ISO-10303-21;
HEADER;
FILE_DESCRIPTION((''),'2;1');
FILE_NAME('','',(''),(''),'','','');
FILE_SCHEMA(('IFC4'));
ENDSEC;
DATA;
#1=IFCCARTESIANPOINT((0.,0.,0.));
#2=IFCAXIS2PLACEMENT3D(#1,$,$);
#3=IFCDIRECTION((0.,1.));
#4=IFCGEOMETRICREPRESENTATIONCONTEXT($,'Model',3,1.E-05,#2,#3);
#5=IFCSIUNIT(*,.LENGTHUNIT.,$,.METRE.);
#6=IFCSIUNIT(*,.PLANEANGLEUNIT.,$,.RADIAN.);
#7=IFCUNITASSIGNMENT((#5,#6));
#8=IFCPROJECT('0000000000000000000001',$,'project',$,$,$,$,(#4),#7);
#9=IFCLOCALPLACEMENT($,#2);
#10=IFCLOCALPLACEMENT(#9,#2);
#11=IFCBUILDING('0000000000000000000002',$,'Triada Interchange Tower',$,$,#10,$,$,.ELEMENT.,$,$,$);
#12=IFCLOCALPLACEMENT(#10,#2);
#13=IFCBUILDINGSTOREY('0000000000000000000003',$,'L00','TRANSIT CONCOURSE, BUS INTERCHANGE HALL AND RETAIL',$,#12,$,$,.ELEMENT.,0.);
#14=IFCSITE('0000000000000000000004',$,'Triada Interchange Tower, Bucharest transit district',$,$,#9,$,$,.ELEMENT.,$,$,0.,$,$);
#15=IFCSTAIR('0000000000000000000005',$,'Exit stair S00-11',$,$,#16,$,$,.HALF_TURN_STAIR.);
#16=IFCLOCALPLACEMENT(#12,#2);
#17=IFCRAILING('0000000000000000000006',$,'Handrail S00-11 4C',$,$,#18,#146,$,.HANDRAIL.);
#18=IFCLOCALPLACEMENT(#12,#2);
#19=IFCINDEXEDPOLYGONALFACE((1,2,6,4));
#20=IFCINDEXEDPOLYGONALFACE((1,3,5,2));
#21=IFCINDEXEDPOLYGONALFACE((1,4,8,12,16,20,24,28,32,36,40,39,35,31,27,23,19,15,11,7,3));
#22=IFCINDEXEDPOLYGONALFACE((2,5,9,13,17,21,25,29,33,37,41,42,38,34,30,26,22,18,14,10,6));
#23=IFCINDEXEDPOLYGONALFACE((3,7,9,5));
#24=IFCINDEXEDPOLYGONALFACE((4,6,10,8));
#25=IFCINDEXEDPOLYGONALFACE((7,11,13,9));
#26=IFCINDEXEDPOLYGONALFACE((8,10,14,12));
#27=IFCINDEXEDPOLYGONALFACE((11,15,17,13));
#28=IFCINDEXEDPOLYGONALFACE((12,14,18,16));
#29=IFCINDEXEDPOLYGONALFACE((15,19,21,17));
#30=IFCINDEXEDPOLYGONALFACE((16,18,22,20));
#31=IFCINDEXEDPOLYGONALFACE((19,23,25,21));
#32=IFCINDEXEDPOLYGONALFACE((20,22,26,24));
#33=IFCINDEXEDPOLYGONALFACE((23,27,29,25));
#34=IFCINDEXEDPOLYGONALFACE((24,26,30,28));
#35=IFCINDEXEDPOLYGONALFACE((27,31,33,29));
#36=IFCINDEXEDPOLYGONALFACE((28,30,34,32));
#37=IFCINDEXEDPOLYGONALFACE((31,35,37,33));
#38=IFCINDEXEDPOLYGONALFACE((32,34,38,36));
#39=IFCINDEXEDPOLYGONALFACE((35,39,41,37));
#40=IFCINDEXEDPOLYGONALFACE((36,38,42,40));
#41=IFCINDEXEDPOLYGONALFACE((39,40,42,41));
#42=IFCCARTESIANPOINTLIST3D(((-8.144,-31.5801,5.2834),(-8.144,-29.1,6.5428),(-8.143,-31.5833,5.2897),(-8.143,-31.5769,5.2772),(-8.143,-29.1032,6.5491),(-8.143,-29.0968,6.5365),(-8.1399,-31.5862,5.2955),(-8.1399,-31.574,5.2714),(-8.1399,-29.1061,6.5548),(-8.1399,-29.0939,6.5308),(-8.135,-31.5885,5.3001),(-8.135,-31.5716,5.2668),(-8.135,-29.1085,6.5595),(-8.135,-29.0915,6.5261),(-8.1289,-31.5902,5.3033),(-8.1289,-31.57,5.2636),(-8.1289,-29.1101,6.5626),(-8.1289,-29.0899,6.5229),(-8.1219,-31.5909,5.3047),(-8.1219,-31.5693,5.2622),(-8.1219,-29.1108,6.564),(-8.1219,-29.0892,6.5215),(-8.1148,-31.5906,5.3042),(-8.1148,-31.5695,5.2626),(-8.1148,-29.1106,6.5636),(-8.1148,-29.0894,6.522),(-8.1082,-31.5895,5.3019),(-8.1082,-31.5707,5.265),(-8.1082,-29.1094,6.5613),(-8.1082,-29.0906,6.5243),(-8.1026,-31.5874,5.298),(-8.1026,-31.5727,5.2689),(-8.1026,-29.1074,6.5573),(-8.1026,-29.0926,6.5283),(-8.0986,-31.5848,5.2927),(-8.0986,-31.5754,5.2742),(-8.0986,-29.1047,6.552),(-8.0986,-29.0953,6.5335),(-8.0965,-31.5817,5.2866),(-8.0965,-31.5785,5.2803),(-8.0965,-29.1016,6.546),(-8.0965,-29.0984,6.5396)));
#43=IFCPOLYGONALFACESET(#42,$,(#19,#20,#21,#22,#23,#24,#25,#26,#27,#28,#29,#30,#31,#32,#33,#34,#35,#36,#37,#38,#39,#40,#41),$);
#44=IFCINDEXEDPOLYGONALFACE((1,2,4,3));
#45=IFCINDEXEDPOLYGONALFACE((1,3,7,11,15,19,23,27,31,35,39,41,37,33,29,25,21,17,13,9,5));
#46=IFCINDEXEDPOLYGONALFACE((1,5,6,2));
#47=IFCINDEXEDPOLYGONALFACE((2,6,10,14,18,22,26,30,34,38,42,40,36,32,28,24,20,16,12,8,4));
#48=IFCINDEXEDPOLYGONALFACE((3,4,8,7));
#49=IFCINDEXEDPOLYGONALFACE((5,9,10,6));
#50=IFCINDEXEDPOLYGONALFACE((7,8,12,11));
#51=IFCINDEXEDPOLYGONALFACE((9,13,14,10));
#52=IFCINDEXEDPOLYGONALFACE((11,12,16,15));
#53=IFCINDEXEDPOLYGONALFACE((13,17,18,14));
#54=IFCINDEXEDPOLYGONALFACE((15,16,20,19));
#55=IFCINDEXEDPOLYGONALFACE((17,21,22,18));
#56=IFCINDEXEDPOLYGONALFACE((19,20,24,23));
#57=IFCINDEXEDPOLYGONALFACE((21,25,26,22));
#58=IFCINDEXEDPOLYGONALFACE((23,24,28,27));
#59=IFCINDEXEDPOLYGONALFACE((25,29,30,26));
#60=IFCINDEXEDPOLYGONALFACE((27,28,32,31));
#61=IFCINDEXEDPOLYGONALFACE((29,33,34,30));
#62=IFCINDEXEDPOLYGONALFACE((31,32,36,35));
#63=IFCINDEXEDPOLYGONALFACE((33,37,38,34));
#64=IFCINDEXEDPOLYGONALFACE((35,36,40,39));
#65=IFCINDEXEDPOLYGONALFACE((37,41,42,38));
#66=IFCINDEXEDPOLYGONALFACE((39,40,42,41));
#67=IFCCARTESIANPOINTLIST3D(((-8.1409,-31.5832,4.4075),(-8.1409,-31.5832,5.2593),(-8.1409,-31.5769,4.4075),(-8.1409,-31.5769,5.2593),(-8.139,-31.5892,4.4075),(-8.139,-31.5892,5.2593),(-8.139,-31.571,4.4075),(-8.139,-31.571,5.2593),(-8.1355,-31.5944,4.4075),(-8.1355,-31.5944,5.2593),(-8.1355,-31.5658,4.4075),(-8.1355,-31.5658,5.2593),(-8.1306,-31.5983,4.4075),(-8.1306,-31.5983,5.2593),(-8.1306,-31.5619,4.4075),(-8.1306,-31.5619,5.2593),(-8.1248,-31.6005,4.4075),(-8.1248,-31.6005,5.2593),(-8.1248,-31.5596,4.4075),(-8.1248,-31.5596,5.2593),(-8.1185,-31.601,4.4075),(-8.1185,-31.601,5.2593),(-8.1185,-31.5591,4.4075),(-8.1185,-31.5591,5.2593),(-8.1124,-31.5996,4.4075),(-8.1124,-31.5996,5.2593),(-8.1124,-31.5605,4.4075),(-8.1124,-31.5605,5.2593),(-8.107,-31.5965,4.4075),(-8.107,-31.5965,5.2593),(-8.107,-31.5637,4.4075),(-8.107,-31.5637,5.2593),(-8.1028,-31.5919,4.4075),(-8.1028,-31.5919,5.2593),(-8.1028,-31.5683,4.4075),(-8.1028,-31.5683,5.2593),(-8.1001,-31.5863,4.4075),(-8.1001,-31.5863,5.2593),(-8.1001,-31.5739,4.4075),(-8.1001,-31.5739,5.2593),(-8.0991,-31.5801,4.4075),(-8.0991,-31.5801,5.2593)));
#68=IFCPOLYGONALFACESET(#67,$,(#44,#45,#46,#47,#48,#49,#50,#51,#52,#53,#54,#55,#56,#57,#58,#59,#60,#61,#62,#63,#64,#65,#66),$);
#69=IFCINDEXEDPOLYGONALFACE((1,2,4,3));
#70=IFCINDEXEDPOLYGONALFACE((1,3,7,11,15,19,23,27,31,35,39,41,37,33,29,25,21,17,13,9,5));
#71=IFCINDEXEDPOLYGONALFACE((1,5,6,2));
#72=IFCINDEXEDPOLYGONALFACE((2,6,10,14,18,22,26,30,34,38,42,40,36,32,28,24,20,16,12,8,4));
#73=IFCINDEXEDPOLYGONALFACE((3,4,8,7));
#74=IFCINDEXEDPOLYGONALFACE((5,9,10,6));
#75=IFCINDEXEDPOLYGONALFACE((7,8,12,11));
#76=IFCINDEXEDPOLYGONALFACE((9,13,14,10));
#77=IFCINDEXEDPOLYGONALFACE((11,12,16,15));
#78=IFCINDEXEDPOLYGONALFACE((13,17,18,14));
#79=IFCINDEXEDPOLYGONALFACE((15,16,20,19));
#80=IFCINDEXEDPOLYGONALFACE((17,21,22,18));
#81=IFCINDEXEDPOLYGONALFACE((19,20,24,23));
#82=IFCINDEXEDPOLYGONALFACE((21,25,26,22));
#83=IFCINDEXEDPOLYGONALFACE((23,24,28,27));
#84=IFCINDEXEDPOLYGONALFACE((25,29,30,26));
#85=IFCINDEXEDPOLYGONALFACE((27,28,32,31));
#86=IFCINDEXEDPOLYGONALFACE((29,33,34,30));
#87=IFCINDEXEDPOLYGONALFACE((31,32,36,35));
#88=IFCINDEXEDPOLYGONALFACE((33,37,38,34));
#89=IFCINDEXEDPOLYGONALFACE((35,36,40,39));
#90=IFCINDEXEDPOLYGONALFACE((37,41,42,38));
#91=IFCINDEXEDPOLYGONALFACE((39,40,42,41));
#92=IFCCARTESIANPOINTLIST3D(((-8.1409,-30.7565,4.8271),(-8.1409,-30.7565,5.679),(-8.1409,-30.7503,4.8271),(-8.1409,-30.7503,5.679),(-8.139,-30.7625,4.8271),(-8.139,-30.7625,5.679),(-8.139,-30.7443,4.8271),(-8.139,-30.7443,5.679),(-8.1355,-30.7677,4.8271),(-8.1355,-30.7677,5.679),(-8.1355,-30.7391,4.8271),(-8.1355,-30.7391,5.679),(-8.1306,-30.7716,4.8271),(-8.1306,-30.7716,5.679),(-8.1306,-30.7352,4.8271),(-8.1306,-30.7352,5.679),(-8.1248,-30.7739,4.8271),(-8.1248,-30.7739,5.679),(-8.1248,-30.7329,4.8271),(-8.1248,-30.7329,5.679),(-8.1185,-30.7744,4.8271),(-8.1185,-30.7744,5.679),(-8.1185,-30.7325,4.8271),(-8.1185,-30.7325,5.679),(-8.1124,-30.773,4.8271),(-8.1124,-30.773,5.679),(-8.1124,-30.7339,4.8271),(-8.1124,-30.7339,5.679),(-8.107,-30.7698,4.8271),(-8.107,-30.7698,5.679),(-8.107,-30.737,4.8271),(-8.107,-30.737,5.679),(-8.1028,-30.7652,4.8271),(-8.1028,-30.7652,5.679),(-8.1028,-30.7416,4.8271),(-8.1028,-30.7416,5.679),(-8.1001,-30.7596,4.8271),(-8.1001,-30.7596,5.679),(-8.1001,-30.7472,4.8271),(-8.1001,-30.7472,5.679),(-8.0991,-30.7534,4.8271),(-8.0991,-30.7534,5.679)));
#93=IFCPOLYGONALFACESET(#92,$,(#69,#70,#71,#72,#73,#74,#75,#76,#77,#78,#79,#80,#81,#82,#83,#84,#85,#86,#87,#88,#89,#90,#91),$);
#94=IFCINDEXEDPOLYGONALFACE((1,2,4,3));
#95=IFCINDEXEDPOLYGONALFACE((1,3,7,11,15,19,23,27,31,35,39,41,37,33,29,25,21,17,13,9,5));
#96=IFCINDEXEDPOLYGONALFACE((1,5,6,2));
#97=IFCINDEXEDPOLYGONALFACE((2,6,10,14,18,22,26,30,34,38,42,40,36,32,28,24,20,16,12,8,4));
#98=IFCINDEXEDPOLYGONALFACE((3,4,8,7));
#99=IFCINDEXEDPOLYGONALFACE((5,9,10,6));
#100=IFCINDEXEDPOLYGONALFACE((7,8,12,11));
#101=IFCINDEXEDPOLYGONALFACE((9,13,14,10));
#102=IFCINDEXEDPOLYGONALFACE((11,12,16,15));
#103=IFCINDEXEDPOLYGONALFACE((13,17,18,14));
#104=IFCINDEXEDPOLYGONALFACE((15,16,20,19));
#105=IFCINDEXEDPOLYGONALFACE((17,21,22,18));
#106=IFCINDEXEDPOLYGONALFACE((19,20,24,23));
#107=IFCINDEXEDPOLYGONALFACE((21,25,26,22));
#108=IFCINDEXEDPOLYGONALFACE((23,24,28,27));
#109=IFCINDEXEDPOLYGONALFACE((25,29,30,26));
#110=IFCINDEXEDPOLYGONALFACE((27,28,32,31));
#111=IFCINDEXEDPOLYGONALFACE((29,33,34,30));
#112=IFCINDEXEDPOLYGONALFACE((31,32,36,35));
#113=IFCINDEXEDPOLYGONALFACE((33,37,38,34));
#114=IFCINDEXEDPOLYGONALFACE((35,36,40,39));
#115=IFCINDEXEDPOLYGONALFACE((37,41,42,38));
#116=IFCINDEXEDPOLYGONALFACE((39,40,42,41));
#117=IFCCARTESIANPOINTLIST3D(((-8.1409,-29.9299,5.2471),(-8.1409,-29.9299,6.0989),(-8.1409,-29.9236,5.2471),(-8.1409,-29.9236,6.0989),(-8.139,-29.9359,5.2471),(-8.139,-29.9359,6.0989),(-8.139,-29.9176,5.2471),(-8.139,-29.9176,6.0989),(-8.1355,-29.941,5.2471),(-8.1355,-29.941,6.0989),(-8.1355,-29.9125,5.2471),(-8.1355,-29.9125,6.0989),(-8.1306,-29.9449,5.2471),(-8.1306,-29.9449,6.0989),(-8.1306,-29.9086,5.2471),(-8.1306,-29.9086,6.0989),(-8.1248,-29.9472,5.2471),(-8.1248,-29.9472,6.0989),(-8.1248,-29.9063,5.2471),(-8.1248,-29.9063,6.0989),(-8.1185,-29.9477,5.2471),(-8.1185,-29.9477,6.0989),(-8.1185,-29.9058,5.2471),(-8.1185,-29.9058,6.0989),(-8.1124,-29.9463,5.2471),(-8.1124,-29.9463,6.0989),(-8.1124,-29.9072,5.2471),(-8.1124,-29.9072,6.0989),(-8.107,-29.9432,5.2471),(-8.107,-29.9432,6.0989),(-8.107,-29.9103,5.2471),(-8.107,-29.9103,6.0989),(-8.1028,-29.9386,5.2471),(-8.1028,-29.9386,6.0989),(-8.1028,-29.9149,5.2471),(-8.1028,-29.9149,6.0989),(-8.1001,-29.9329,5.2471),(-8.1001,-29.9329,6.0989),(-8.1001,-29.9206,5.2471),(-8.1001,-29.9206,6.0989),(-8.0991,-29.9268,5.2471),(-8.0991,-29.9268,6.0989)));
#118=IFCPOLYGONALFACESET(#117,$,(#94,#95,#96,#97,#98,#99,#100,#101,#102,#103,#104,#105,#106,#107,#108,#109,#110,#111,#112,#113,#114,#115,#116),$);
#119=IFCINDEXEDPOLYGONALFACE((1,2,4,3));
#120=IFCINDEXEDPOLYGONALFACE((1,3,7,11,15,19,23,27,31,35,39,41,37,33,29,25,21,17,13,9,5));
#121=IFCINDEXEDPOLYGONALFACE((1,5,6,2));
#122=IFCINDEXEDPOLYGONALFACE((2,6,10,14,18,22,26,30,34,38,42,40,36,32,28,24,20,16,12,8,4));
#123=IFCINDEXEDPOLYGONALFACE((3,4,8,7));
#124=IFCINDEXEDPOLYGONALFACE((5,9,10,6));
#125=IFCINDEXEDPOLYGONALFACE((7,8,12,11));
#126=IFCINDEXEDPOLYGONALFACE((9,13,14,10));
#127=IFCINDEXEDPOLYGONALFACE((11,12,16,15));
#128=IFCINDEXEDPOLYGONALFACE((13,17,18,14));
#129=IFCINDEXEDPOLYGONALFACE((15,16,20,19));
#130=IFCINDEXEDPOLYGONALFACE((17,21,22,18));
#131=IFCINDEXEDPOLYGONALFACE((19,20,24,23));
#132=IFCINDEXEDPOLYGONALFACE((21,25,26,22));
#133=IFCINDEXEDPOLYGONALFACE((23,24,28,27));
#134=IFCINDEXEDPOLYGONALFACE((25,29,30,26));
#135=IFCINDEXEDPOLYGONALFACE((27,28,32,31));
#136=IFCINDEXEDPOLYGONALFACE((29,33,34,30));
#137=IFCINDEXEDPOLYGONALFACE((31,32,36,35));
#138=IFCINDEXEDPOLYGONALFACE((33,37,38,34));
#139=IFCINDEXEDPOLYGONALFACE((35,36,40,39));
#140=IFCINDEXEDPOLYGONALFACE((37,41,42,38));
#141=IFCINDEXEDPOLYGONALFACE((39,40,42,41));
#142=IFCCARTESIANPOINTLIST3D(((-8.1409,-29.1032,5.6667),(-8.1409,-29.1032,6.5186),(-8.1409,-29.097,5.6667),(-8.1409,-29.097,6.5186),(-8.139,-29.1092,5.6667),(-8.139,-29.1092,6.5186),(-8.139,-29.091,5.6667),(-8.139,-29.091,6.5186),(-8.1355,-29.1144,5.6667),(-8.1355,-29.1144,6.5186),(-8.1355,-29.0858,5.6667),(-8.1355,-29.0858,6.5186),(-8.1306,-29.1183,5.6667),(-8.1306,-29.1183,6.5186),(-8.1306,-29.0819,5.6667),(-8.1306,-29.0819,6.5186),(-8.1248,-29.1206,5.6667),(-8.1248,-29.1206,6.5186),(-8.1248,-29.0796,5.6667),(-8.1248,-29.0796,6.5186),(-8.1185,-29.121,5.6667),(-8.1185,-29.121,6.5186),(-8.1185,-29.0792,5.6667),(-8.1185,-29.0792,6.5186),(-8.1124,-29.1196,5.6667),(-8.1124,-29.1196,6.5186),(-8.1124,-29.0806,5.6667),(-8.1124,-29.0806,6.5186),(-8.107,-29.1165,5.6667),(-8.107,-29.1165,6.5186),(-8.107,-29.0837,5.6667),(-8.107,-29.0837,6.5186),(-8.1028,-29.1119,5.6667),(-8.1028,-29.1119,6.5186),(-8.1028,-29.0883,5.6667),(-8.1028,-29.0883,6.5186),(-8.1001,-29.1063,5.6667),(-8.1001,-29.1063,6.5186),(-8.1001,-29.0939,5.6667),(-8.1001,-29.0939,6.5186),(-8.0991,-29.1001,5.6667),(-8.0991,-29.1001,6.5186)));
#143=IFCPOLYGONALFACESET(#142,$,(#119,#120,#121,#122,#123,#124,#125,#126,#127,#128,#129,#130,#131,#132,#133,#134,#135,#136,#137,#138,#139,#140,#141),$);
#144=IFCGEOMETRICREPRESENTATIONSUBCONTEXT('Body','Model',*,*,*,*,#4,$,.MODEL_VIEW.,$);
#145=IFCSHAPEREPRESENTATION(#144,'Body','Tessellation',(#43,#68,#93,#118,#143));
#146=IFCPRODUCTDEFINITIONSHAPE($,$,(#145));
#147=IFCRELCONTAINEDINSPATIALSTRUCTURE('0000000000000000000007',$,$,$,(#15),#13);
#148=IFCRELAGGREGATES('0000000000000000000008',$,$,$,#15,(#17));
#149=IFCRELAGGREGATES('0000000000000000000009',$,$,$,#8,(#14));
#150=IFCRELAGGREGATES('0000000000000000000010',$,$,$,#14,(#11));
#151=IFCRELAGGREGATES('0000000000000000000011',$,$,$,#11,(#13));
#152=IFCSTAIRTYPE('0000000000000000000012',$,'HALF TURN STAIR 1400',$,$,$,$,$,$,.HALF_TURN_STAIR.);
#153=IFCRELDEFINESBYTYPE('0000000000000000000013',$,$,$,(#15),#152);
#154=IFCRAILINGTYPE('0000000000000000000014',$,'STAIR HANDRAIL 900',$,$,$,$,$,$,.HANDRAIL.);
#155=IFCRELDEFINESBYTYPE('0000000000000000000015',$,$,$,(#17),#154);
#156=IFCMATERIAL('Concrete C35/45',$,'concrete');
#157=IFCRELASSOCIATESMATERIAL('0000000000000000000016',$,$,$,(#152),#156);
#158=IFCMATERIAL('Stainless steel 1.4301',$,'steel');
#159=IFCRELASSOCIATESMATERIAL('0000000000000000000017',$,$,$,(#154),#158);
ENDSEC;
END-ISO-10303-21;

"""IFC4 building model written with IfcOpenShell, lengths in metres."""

from ifc_helpers import new_model, si_unit, direction, frame, origin, origin_2d, place, context, subcontext, project, spatial, circle, extrude, material, type_object, element, aggregate, save


model = new_model("IFC4")

# Units and contexts
model_context = context("Model", 3, precision=1e-05, world=origin(), true_north=direction((0.0, 1.0)))
body_context = subcontext(model_context, "Body", "Model", "MODEL_VIEW")
ifc_project = project(units=[si_unit("LENGTHUNIT", "METRE"), si_unit("PLANEANGLEUNIT", "RADIAN")], contexts=[model_context])

# Site, building, storey
site_placement = place(None, origin())
site = spatial("IfcSite", under=ifc_project, at=site_placement, Name="Triada Interchange Tower, Bucharest transit district", CompositionType="ELEMENT", RefElevation=0.0)
building_placement = place(site_placement, origin())
building = spatial("IfcBuilding", under=site, at=building_placement, Name="Triada Interchange Tower", CompositionType="ELEMENT")
storey_placement = place(building_placement, origin())
storey = spatial("IfcBuildingStorey", under=building, at=storey_placement, Name="L00", Description="TRANSIT CONCOURSE, BUS INTERCHANGE HALL AND RETAIL", CompositionType="ELEMENT", Elevation=0.0)

# Stair, railing
ifc_material_1 = material(Name="Concrete C35/45", Category="concrete")
stair_type = type_object("IfcStairType", Name="HALF TURN STAIR 1400", PredefinedType="HALF_TURN_STAIR", material=ifc_material_1)
stair_placement = place(storey_placement, origin())
stair = element("IfcStair", 1, at=stair_placement, inside=storey, type_object=stair_type, Name="Exit stair S00-11", PredefinedType="HALF_TURN_STAIR")
ifc_material_2 = material(Name="Stainless steel 1.4301", Category="steel")
railing_type = type_object("IfcRailingType", Name="STAIR HANDRAIL 900", PredefinedType="HANDRAIL", material=ifc_material_2)
railing_1_placement = place(storey_placement, frame((-8.1201, -31.5801, 4.4075)))
railing_1 = element("IfcRailing", 2, at=railing_1_placement, type_object=railing_type, Name="Handrail S00-11 4C", PredefinedType="HANDRAIL", context=body_context, shape_type="SweptSolid", body=[
    extrude(circle(Radius=0.0239, at=origin_2d()), frame((0.0, 0.0, 0.876), z_axis=(0.0, 0.891636, 0.452752), x_axis=(-1.0, 0.0, 0.0)), (0.0, 0.0, 1.0), 2.7815),
    extrude(circle(Radius=0.021, at=origin_2d()), origin(), (0.0, 0.0, 1.0), 0.8518),
    extrude(circle(Radius=0.021, at=origin_2d()), frame((0.0, 0.8267, 0.4197)), (0.0, 0.0, 1.0), 0.8518),
    extrude(circle(Radius=0.021, at=origin_2d()), frame((0.0, 1.6533, 0.8396)), (0.0, 0.0, 1.0), 0.8518),
    extrude(circle(Radius=0.021, at=origin_2d()), frame((0.0, 2.48, 1.2593)), (0.0, 0.0, 1.0), 0.8518),
])
aggregate(stair, [railing_1])

save(model, "model.ifc")
